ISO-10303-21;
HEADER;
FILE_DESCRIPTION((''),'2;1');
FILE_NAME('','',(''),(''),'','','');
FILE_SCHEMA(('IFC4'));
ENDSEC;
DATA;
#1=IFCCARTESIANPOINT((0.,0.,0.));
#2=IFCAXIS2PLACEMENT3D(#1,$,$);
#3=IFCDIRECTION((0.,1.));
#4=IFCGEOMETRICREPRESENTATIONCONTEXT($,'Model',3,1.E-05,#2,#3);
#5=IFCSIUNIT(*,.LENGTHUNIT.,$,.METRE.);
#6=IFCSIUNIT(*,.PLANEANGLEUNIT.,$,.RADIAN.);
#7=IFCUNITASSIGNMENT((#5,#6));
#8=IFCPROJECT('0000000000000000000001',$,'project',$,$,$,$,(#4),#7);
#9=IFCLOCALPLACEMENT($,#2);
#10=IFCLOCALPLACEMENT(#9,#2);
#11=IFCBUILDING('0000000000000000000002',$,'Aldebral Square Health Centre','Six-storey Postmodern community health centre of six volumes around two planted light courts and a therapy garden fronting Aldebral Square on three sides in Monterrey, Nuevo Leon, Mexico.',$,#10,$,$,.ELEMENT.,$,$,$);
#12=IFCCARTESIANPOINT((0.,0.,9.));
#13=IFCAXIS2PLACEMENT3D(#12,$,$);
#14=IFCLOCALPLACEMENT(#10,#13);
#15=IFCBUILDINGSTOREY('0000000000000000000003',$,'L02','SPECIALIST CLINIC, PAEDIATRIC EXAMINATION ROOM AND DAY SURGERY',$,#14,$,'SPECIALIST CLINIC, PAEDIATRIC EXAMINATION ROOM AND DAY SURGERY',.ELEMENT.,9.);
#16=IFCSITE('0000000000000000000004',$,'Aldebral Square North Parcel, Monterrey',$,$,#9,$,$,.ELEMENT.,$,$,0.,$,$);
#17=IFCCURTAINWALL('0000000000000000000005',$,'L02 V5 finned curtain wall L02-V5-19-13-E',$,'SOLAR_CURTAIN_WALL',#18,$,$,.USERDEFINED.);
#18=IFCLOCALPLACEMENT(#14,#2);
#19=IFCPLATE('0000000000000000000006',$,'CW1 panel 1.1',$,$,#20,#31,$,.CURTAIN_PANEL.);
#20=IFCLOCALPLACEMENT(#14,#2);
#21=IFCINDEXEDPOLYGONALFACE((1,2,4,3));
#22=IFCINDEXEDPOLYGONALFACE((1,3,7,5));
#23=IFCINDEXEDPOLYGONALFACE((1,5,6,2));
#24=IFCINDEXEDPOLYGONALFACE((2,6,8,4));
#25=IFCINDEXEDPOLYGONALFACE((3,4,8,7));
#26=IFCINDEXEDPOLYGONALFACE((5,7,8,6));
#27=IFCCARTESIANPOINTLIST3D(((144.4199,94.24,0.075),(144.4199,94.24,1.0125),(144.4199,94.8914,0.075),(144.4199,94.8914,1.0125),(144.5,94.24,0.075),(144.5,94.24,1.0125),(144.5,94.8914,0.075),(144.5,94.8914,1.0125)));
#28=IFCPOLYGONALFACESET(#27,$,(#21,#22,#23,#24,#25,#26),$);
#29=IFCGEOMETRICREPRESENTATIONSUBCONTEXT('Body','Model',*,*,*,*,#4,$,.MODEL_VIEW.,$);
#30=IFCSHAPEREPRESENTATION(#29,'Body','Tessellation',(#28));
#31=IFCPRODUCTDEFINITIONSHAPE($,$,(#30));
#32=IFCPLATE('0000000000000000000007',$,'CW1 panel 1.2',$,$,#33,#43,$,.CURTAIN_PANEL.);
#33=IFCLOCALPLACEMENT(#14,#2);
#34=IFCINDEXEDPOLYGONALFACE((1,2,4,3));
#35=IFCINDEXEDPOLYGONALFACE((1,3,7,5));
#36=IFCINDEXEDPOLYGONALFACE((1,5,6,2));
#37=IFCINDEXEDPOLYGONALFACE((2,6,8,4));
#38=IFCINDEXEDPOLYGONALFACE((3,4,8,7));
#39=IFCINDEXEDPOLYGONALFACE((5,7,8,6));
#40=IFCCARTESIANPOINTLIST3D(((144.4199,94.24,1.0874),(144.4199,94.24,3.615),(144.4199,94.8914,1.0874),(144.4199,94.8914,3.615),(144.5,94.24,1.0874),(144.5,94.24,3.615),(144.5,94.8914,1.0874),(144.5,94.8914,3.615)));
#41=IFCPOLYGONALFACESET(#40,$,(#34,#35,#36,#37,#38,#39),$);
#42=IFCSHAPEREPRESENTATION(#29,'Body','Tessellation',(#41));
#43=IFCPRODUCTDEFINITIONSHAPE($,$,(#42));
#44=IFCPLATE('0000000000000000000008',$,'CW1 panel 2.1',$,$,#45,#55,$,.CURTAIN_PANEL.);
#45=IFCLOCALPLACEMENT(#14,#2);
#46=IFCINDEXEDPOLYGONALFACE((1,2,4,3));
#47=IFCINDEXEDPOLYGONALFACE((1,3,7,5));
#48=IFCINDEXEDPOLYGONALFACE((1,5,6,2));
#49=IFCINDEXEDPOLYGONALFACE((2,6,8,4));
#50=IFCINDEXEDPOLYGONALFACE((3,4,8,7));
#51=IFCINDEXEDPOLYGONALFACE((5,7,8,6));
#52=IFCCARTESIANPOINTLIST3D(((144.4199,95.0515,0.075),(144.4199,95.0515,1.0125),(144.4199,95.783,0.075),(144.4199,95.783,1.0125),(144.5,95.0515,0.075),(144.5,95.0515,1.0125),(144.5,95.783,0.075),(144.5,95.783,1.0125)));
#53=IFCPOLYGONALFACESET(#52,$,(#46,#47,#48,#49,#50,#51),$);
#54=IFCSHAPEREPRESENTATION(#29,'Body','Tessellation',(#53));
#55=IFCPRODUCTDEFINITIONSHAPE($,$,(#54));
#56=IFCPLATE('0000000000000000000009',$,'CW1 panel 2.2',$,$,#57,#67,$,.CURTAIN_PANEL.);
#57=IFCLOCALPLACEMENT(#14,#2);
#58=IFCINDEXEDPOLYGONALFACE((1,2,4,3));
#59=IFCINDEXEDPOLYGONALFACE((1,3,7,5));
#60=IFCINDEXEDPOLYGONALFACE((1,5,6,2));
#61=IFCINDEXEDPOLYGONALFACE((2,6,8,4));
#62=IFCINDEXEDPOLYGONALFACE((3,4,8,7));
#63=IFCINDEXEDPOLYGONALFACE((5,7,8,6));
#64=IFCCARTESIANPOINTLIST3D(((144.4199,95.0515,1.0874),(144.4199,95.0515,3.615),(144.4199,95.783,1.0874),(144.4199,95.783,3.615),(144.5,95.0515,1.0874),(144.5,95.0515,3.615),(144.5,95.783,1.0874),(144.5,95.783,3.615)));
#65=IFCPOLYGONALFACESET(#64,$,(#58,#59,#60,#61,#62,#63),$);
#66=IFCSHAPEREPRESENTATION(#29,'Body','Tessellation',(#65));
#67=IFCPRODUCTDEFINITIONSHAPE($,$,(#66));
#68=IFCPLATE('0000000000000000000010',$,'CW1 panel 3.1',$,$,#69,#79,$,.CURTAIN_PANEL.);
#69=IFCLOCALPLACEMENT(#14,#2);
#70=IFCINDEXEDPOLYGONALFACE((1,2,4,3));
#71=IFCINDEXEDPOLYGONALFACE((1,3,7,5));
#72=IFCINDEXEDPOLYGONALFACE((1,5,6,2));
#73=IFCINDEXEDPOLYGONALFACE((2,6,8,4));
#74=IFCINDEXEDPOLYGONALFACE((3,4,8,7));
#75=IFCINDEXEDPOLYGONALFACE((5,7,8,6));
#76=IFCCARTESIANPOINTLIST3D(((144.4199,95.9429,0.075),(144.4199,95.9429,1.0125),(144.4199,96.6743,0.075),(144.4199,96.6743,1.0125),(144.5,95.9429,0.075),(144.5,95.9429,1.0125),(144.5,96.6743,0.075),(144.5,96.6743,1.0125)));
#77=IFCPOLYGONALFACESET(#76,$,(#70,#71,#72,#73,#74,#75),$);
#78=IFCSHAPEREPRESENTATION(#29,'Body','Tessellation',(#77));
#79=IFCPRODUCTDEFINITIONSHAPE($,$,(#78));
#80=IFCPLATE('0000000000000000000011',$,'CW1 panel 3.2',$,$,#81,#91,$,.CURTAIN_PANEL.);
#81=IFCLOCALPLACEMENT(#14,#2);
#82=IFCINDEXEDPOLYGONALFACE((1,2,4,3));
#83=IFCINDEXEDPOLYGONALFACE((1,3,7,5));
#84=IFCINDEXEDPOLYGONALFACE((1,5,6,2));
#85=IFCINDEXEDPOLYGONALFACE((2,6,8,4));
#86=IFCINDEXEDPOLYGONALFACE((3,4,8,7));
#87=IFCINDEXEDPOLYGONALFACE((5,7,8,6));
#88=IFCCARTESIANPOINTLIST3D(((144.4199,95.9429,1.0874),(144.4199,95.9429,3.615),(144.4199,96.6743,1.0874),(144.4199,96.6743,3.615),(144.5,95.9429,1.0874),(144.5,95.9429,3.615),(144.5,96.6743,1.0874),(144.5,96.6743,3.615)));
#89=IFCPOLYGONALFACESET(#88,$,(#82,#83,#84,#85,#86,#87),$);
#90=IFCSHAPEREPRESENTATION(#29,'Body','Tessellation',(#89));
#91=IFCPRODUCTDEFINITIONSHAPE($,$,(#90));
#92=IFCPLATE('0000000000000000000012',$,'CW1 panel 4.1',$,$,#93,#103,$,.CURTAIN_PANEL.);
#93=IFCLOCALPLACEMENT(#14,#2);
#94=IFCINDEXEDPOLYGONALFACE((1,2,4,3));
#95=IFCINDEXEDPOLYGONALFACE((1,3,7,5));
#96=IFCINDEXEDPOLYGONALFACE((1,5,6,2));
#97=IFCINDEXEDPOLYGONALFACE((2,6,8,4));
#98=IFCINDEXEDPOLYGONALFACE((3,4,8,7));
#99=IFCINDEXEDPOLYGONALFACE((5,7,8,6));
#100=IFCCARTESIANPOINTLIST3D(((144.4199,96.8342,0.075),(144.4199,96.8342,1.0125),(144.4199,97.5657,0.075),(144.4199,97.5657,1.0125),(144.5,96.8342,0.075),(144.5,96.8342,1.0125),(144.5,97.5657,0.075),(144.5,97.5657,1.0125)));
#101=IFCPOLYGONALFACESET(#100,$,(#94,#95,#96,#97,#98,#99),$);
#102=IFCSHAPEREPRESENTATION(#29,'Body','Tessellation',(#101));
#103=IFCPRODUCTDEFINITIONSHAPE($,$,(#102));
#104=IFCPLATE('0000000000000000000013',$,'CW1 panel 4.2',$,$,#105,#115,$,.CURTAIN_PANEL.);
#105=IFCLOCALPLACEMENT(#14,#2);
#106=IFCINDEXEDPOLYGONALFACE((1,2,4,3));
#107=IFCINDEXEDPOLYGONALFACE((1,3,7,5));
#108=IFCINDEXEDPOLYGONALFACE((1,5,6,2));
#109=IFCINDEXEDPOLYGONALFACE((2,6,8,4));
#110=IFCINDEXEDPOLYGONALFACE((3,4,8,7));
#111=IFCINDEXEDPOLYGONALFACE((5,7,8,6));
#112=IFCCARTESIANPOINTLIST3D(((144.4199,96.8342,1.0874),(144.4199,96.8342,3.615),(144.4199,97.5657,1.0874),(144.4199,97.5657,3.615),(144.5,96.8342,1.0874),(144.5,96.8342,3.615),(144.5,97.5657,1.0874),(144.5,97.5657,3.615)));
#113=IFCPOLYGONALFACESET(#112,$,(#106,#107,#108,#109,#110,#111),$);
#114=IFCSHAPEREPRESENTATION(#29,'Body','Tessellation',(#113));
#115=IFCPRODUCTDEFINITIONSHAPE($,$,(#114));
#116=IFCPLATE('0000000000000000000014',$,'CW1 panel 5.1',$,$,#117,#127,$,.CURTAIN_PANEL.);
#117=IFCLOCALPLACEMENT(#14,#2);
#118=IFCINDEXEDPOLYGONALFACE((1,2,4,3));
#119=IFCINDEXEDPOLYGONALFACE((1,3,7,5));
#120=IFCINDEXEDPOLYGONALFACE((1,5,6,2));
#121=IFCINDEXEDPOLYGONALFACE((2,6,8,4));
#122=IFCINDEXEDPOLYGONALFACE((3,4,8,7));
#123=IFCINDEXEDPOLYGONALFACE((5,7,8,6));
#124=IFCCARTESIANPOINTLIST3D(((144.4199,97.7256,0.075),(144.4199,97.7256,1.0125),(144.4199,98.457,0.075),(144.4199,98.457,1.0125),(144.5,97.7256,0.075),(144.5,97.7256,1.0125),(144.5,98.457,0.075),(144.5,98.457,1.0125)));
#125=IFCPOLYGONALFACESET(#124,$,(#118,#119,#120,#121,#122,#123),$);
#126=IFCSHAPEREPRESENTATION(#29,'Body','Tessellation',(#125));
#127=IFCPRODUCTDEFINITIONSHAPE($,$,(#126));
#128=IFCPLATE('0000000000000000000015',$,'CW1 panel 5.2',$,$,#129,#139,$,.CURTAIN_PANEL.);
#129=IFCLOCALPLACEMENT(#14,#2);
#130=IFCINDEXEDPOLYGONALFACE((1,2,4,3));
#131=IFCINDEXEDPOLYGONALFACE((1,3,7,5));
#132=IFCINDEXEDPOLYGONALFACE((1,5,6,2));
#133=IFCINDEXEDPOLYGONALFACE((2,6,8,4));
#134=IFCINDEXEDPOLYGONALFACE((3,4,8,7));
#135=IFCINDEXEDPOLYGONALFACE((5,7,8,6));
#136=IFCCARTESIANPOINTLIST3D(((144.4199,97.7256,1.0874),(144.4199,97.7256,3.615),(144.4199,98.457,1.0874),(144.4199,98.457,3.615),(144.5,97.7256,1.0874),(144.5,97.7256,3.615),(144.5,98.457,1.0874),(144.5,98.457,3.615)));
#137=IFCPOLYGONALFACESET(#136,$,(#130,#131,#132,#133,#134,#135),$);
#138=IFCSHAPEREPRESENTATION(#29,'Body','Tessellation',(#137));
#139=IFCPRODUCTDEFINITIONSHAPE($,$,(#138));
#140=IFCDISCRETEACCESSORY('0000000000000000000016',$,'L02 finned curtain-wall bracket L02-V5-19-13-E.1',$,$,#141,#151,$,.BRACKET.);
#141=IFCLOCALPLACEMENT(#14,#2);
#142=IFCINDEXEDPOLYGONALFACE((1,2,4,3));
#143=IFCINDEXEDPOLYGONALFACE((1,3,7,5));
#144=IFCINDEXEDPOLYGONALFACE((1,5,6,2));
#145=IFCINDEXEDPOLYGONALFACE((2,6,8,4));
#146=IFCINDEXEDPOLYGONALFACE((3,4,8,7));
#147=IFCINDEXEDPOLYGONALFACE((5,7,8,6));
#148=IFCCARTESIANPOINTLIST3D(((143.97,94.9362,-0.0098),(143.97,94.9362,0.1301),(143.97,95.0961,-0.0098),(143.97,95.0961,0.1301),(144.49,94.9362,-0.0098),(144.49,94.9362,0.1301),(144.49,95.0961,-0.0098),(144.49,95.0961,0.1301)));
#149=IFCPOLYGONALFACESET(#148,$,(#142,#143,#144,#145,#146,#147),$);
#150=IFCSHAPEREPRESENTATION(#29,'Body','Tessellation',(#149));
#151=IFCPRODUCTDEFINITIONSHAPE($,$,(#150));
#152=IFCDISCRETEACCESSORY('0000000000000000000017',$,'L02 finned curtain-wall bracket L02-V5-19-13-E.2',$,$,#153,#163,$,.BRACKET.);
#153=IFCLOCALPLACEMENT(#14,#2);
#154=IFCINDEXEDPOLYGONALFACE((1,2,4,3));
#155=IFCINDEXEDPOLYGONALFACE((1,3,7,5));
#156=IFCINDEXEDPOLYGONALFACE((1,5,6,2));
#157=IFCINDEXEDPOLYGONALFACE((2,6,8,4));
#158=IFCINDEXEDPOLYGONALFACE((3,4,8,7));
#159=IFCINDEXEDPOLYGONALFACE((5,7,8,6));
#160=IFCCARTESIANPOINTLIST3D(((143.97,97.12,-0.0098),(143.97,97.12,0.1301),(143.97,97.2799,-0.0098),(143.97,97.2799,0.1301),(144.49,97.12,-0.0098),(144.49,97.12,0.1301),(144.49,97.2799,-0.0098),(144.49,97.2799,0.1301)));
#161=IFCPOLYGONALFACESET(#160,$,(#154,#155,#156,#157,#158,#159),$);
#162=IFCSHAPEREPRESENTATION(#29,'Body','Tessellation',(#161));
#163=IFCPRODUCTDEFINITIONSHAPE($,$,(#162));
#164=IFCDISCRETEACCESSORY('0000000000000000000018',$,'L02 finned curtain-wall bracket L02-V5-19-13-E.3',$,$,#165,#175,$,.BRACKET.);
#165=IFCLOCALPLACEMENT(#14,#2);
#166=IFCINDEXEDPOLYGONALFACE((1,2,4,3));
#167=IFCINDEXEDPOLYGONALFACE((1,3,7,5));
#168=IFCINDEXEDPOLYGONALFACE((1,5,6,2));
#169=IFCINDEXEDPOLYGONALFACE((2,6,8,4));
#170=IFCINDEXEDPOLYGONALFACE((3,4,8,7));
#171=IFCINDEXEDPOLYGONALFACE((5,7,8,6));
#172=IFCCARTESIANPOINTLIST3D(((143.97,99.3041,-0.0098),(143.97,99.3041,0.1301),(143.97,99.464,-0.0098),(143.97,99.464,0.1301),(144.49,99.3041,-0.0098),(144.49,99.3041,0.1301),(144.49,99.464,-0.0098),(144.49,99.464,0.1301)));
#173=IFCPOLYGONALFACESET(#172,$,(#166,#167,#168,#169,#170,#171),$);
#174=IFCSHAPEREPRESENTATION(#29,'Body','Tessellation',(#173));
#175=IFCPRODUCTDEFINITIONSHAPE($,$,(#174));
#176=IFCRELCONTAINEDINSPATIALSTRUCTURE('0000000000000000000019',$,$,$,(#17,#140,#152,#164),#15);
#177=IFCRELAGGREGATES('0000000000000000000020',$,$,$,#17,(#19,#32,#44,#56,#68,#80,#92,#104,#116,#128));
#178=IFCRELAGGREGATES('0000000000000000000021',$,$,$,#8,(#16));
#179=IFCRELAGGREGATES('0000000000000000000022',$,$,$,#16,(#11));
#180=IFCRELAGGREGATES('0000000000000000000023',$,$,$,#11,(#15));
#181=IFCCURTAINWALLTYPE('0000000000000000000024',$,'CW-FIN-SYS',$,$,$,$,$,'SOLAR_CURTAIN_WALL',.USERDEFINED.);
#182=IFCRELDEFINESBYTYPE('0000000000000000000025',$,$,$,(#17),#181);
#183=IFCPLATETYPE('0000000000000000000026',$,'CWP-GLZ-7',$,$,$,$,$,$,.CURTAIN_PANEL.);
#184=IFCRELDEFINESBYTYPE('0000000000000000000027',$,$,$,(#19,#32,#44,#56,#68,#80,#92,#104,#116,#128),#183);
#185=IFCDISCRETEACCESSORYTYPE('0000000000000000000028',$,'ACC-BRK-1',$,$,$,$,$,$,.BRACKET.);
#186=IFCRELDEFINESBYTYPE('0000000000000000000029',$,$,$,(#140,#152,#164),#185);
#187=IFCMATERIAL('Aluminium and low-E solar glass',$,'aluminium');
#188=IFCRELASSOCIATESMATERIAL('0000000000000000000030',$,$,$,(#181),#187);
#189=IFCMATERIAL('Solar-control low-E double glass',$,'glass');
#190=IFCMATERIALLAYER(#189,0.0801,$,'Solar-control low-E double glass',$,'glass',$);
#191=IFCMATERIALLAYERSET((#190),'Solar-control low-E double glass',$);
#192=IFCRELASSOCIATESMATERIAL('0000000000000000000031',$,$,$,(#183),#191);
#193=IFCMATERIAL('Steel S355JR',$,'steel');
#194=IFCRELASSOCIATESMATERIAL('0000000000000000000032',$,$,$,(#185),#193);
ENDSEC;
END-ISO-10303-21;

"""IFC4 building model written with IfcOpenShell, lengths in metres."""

from ifc_helpers import new_model, si_unit, direction, frame, origin, origin_2d, place, context, subcontext, project, spatial, rectangle, extrude, material, layer, layer_set, type_object, element, aggregate, save


model = new_model("IFC4")

# Units and contexts
model_context = context("Model", 3, precision=1e-05, world=origin(), true_north=direction((0.0, 1.0)))
body_context = subcontext(model_context, "Body", "Model", "MODEL_VIEW")
ifc_project = project(units=[si_unit("LENGTHUNIT", "METRE"), si_unit("PLANEANGLEUNIT", "RADIAN")], contexts=[model_context])

# Site, building, storey
site_placement = place(None, origin())
site = spatial("IfcSite", under=ifc_project, at=site_placement, Name="Aldebral Square North Parcel, Monterrey", CompositionType="ELEMENT", RefElevation=0.0)
building_placement = place(site_placement, origin())
building = spatial("IfcBuilding", under=site, at=building_placement, Name="Aldebral Square Health Centre", Description="Six-storey Postmodern community health centre of six volumes around two planted light courts and a therapy garden fronting Aldebral Square on three sides in Monterrey, Nuevo Leon, Mexico.", CompositionType="ELEMENT")
storey_placement = place(building_placement, frame((0.0, 0.0, 9.0)))
storey = spatial("IfcBuildingStorey", under=building, at=storey_placement, Name="L02", Description="SPECIALIST CLINIC, PAEDIATRIC EXAMINATION ROOM AND DAY SURGERY", LongName="SPECIALIST CLINIC, PAEDIATRIC EXAMINATION ROOM AND DAY SURGERY", CompositionType="ELEMENT", Elevation=9.0)

# Curtain wall, plates
ifc_material_1 = material(Name="Aluminium and low-E solar glass", Category="aluminium")
curtain_wall_type = type_object("IfcCurtainWallType", Name="CW-FIN-SYS", ElementType="SOLAR_CURTAIN_WALL", PredefinedType="USERDEFINED", material=ifc_material_1)
curtain_wall_placement = place(storey_placement, origin())
curtain_wall = element("IfcCurtainWall", 1, at=curtain_wall_placement, inside=storey, type_object=curtain_wall_type, Name="L02 V5 finned curtain wall L02-V5-19-13-E", ObjectType="SOLAR_CURTAIN_WALL", PredefinedType="USERDEFINED")
ifc_material_2 = material(Name="Solar-control low-E double glass", Category="glass")
ifc_layer = layer(ifc_material_2, 0.0801, Name="Solar-control low-E double glass", Category="glass")
ifc_layer_set = layer_set([ifc_layer], Name="Solar-control low-E double glass")
plate_type = type_object("IfcPlateType", Name="CWP-GLZ-7", PredefinedType="CURTAIN_PANEL", material=ifc_layer_set)
plate_1_placement = place(storey_placement, frame((144.46, 94.5657, 0.075), z_axis=(0.0, 0.0, 1.0), x_axis=(0.0, 1.0, 0.0)))
plate_1 = element("IfcPlate", 2, at=plate_1_placement, type_object=plate_type, Name="CW1 panel 1.1", PredefinedType="CURTAIN_PANEL", context=body_context, shape_type="SweptSolid", body=[
    extrude(rectangle(XDim=0.6514, YDim=0.0801, at=origin_2d()), origin(), (0.0, 0.0, 1.0), 0.9375),
])
plate_2_placement = place(storey_placement, frame((144.46, 94.5657, 1.0874), z_axis=(0.0, 0.0, 1.0), x_axis=(0.0, 1.0, 0.0)))
plate_2 = element("IfcPlate", 3, at=plate_2_placement, type_object=plate_type, Name="CW1 panel 1.2", PredefinedType="CURTAIN_PANEL", context=body_context, shape_type="SweptSolid", body=[
    extrude(rectangle(XDim=0.6514, YDim=0.0801, at=origin_2d()), origin(), (0.0, 0.0, 1.0), 2.5276),
])
plate_3_placement = place(storey_placement, frame((144.46, 95.4172, 0.075), z_axis=(0.0, 0.0, 1.0), x_axis=(0.0, 1.0, 0.0)))
plate_3 = element("IfcPlate", 4, at=plate_3_placement, type_object=plate_type, Name="CW1 panel 2.1", PredefinedType="CURTAIN_PANEL", context=body_context, shape_type="SweptSolid", body=[
    extrude(rectangle(XDim=0.7314, YDim=0.0801, at=origin_2d()), origin(), (0.0, 0.0, 1.0), 0.9375),
])
plate_4_placement = place(storey_placement, frame((144.46, 95.4172, 1.0874), z_axis=(0.0, 0.0, 1.0), x_axis=(0.0, 1.0, 0.0)))
plate_4 = element("IfcPlate", 5, at=plate_4_placement, type_object=plate_type, Name="CW1 panel 2.2", PredefinedType="CURTAIN_PANEL", context=body_context, shape_type="SweptSolid", body=[
    extrude(rectangle(XDim=0.7314, YDim=0.0801, at=origin_2d()), origin(), (0.0, 0.0, 1.0), 2.5276),
])
plate_5_placement = place(storey_placement, frame((144.46, 96.3086, 0.075), z_axis=(0.0, 0.0, 1.0), x_axis=(0.0, 1.0, 0.0)))
plate_5 = element("IfcPlate", 6, at=plate_5_placement, type_object=plate_type, Name="CW1 panel 3.1", PredefinedType="CURTAIN_PANEL", context=body_context, shape_type="SweptSolid", body=[
    extrude(rectangle(XDim=0.7314, YDim=0.0801, at=origin_2d()), origin(), (0.0, 0.0, 1.0), 0.9375),
])
plate_6_placement = place(storey_placement, frame((144.46, 96.3086, 1.0874), z_axis=(0.0, 0.0, 1.0), x_axis=(0.0, 1.0, 0.0)))
plate_6 = element("IfcPlate", 7, at=plate_6_placement, type_object=plate_type, Name="CW1 panel 3.2", PredefinedType="CURTAIN_PANEL", context=body_context, shape_type="SweptSolid", body=[
    extrude(rectangle(XDim=0.7314, YDim=0.0801, at=origin_2d()), origin(), (0.0, 0.0, 1.0), 2.5276),
])
plate_7_placement = place(storey_placement, frame((144.46, 97.2, 0.075), z_axis=(0.0, 0.0, 1.0), x_axis=(0.0, 1.0, 0.0)))
plate_7 = element("IfcPlate", 8, at=plate_7_placement, type_object=plate_type, Name="CW1 panel 4.1", PredefinedType="CURTAIN_PANEL", context=body_context, shape_type="SweptSolid", body=[
    extrude(rectangle(XDim=0.7314, YDim=0.0801, at=origin_2d()), origin(), (0.0, 0.0, 1.0), 0.9375),
])
plate_8_placement = place(storey_placement, frame((144.46, 97.2, 1.0874), z_axis=(0.0, 0.0, 1.0), x_axis=(0.0, 1.0, 0.0)))
plate_8 = element("IfcPlate", 9, at=plate_8_placement, type_object=plate_type, Name="CW1 panel 4.2", PredefinedType="CURTAIN_PANEL", context=body_context, shape_type="SweptSolid", body=[
    extrude(rectangle(XDim=0.7314, YDim=0.0801, at=origin_2d()), origin(), (0.0, 0.0, 1.0), 2.5276),
])
plate_9_placement = place(storey_placement, frame((144.46, 98.0913, 0.075), z_axis=(0.0, 0.0, 1.0), x_axis=(0.0, 1.0, 0.0)))
plate_9 = element("IfcPlate", 10, at=plate_9_placement, type_object=plate_type, Name="CW1 panel 5.1", PredefinedType="CURTAIN_PANEL", context=body_context, shape_type="SweptSolid", body=[
    extrude(rectangle(XDim=0.7314, YDim=0.0801, at=origin_2d()), origin(), (0.0, 0.0, 1.0), 0.9375),
])
plate_10_placement = place(storey_placement, frame((144.46, 98.0913, 1.0874), z_axis=(0.0, 0.0, 1.0), x_axis=(0.0, 1.0, 0.0)))
plate_10 = element("IfcPlate", 11, at=plate_10_placement, type_object=plate_type, Name="CW1 panel 5.2", PredefinedType="CURTAIN_PANEL", context=body_context, shape_type="SweptSolid", body=[
    extrude(rectangle(XDim=0.7314, YDim=0.0801, at=origin_2d()), origin(), (0.0, 0.0, 1.0), 2.5276),
])
aggregate(curtain_wall, [plate_1, plate_2, plate_3, plate_4, plate_5, plate_6, plate_7, plate_8, plate_9, plate_10])

# Discrete accessories
ifc_material_3 = material(Name="Steel S355JR", Category="steel")
discrete_accessory_type = type_object("IfcDiscreteAccessoryType", Name="ACC-BRK-1", PredefinedType="BRACKET", material=ifc_material_3)
for number, where, z_axis, x_axis, name in (
    (12, (144.23, 95.0161, -0.0098), (0.0, 0.0, 1.0), (0.0, 1.0, 0.0), "L02 finned curtain-wall bracket L02-V5-19-13-E.1"),
    (13, (144.23, 97.2, -0.0098), (0.0, 0.0, 1.0), (0.0, 1.0, 0.0), "L02 finned curtain-wall bracket L02-V5-19-13-E.2"),
    (14, (144.23, 99.384, -0.0098), (0.0, 0.0, 1.0), (0.0, 1.0, 0.0), "L02 finned curtain-wall bracket L02-V5-19-13-E.3"),
):
    element("IfcDiscreteAccessory", number, at=place(storey_placement, frame(where, z_axis=z_axis, x_axis=x_axis)), inside=storey, type_object=discrete_accessory_type, Name=name, PredefinedType="BRACKET", context=body_context, shape_type="SweptSolid", body=[
        extrude(rectangle(XDim=0.1599, YDim=0.52, at=origin_2d()), origin(), (0.0, 0.0, 1.0), 0.1399),
    ])

save(model, "model.ifc")
